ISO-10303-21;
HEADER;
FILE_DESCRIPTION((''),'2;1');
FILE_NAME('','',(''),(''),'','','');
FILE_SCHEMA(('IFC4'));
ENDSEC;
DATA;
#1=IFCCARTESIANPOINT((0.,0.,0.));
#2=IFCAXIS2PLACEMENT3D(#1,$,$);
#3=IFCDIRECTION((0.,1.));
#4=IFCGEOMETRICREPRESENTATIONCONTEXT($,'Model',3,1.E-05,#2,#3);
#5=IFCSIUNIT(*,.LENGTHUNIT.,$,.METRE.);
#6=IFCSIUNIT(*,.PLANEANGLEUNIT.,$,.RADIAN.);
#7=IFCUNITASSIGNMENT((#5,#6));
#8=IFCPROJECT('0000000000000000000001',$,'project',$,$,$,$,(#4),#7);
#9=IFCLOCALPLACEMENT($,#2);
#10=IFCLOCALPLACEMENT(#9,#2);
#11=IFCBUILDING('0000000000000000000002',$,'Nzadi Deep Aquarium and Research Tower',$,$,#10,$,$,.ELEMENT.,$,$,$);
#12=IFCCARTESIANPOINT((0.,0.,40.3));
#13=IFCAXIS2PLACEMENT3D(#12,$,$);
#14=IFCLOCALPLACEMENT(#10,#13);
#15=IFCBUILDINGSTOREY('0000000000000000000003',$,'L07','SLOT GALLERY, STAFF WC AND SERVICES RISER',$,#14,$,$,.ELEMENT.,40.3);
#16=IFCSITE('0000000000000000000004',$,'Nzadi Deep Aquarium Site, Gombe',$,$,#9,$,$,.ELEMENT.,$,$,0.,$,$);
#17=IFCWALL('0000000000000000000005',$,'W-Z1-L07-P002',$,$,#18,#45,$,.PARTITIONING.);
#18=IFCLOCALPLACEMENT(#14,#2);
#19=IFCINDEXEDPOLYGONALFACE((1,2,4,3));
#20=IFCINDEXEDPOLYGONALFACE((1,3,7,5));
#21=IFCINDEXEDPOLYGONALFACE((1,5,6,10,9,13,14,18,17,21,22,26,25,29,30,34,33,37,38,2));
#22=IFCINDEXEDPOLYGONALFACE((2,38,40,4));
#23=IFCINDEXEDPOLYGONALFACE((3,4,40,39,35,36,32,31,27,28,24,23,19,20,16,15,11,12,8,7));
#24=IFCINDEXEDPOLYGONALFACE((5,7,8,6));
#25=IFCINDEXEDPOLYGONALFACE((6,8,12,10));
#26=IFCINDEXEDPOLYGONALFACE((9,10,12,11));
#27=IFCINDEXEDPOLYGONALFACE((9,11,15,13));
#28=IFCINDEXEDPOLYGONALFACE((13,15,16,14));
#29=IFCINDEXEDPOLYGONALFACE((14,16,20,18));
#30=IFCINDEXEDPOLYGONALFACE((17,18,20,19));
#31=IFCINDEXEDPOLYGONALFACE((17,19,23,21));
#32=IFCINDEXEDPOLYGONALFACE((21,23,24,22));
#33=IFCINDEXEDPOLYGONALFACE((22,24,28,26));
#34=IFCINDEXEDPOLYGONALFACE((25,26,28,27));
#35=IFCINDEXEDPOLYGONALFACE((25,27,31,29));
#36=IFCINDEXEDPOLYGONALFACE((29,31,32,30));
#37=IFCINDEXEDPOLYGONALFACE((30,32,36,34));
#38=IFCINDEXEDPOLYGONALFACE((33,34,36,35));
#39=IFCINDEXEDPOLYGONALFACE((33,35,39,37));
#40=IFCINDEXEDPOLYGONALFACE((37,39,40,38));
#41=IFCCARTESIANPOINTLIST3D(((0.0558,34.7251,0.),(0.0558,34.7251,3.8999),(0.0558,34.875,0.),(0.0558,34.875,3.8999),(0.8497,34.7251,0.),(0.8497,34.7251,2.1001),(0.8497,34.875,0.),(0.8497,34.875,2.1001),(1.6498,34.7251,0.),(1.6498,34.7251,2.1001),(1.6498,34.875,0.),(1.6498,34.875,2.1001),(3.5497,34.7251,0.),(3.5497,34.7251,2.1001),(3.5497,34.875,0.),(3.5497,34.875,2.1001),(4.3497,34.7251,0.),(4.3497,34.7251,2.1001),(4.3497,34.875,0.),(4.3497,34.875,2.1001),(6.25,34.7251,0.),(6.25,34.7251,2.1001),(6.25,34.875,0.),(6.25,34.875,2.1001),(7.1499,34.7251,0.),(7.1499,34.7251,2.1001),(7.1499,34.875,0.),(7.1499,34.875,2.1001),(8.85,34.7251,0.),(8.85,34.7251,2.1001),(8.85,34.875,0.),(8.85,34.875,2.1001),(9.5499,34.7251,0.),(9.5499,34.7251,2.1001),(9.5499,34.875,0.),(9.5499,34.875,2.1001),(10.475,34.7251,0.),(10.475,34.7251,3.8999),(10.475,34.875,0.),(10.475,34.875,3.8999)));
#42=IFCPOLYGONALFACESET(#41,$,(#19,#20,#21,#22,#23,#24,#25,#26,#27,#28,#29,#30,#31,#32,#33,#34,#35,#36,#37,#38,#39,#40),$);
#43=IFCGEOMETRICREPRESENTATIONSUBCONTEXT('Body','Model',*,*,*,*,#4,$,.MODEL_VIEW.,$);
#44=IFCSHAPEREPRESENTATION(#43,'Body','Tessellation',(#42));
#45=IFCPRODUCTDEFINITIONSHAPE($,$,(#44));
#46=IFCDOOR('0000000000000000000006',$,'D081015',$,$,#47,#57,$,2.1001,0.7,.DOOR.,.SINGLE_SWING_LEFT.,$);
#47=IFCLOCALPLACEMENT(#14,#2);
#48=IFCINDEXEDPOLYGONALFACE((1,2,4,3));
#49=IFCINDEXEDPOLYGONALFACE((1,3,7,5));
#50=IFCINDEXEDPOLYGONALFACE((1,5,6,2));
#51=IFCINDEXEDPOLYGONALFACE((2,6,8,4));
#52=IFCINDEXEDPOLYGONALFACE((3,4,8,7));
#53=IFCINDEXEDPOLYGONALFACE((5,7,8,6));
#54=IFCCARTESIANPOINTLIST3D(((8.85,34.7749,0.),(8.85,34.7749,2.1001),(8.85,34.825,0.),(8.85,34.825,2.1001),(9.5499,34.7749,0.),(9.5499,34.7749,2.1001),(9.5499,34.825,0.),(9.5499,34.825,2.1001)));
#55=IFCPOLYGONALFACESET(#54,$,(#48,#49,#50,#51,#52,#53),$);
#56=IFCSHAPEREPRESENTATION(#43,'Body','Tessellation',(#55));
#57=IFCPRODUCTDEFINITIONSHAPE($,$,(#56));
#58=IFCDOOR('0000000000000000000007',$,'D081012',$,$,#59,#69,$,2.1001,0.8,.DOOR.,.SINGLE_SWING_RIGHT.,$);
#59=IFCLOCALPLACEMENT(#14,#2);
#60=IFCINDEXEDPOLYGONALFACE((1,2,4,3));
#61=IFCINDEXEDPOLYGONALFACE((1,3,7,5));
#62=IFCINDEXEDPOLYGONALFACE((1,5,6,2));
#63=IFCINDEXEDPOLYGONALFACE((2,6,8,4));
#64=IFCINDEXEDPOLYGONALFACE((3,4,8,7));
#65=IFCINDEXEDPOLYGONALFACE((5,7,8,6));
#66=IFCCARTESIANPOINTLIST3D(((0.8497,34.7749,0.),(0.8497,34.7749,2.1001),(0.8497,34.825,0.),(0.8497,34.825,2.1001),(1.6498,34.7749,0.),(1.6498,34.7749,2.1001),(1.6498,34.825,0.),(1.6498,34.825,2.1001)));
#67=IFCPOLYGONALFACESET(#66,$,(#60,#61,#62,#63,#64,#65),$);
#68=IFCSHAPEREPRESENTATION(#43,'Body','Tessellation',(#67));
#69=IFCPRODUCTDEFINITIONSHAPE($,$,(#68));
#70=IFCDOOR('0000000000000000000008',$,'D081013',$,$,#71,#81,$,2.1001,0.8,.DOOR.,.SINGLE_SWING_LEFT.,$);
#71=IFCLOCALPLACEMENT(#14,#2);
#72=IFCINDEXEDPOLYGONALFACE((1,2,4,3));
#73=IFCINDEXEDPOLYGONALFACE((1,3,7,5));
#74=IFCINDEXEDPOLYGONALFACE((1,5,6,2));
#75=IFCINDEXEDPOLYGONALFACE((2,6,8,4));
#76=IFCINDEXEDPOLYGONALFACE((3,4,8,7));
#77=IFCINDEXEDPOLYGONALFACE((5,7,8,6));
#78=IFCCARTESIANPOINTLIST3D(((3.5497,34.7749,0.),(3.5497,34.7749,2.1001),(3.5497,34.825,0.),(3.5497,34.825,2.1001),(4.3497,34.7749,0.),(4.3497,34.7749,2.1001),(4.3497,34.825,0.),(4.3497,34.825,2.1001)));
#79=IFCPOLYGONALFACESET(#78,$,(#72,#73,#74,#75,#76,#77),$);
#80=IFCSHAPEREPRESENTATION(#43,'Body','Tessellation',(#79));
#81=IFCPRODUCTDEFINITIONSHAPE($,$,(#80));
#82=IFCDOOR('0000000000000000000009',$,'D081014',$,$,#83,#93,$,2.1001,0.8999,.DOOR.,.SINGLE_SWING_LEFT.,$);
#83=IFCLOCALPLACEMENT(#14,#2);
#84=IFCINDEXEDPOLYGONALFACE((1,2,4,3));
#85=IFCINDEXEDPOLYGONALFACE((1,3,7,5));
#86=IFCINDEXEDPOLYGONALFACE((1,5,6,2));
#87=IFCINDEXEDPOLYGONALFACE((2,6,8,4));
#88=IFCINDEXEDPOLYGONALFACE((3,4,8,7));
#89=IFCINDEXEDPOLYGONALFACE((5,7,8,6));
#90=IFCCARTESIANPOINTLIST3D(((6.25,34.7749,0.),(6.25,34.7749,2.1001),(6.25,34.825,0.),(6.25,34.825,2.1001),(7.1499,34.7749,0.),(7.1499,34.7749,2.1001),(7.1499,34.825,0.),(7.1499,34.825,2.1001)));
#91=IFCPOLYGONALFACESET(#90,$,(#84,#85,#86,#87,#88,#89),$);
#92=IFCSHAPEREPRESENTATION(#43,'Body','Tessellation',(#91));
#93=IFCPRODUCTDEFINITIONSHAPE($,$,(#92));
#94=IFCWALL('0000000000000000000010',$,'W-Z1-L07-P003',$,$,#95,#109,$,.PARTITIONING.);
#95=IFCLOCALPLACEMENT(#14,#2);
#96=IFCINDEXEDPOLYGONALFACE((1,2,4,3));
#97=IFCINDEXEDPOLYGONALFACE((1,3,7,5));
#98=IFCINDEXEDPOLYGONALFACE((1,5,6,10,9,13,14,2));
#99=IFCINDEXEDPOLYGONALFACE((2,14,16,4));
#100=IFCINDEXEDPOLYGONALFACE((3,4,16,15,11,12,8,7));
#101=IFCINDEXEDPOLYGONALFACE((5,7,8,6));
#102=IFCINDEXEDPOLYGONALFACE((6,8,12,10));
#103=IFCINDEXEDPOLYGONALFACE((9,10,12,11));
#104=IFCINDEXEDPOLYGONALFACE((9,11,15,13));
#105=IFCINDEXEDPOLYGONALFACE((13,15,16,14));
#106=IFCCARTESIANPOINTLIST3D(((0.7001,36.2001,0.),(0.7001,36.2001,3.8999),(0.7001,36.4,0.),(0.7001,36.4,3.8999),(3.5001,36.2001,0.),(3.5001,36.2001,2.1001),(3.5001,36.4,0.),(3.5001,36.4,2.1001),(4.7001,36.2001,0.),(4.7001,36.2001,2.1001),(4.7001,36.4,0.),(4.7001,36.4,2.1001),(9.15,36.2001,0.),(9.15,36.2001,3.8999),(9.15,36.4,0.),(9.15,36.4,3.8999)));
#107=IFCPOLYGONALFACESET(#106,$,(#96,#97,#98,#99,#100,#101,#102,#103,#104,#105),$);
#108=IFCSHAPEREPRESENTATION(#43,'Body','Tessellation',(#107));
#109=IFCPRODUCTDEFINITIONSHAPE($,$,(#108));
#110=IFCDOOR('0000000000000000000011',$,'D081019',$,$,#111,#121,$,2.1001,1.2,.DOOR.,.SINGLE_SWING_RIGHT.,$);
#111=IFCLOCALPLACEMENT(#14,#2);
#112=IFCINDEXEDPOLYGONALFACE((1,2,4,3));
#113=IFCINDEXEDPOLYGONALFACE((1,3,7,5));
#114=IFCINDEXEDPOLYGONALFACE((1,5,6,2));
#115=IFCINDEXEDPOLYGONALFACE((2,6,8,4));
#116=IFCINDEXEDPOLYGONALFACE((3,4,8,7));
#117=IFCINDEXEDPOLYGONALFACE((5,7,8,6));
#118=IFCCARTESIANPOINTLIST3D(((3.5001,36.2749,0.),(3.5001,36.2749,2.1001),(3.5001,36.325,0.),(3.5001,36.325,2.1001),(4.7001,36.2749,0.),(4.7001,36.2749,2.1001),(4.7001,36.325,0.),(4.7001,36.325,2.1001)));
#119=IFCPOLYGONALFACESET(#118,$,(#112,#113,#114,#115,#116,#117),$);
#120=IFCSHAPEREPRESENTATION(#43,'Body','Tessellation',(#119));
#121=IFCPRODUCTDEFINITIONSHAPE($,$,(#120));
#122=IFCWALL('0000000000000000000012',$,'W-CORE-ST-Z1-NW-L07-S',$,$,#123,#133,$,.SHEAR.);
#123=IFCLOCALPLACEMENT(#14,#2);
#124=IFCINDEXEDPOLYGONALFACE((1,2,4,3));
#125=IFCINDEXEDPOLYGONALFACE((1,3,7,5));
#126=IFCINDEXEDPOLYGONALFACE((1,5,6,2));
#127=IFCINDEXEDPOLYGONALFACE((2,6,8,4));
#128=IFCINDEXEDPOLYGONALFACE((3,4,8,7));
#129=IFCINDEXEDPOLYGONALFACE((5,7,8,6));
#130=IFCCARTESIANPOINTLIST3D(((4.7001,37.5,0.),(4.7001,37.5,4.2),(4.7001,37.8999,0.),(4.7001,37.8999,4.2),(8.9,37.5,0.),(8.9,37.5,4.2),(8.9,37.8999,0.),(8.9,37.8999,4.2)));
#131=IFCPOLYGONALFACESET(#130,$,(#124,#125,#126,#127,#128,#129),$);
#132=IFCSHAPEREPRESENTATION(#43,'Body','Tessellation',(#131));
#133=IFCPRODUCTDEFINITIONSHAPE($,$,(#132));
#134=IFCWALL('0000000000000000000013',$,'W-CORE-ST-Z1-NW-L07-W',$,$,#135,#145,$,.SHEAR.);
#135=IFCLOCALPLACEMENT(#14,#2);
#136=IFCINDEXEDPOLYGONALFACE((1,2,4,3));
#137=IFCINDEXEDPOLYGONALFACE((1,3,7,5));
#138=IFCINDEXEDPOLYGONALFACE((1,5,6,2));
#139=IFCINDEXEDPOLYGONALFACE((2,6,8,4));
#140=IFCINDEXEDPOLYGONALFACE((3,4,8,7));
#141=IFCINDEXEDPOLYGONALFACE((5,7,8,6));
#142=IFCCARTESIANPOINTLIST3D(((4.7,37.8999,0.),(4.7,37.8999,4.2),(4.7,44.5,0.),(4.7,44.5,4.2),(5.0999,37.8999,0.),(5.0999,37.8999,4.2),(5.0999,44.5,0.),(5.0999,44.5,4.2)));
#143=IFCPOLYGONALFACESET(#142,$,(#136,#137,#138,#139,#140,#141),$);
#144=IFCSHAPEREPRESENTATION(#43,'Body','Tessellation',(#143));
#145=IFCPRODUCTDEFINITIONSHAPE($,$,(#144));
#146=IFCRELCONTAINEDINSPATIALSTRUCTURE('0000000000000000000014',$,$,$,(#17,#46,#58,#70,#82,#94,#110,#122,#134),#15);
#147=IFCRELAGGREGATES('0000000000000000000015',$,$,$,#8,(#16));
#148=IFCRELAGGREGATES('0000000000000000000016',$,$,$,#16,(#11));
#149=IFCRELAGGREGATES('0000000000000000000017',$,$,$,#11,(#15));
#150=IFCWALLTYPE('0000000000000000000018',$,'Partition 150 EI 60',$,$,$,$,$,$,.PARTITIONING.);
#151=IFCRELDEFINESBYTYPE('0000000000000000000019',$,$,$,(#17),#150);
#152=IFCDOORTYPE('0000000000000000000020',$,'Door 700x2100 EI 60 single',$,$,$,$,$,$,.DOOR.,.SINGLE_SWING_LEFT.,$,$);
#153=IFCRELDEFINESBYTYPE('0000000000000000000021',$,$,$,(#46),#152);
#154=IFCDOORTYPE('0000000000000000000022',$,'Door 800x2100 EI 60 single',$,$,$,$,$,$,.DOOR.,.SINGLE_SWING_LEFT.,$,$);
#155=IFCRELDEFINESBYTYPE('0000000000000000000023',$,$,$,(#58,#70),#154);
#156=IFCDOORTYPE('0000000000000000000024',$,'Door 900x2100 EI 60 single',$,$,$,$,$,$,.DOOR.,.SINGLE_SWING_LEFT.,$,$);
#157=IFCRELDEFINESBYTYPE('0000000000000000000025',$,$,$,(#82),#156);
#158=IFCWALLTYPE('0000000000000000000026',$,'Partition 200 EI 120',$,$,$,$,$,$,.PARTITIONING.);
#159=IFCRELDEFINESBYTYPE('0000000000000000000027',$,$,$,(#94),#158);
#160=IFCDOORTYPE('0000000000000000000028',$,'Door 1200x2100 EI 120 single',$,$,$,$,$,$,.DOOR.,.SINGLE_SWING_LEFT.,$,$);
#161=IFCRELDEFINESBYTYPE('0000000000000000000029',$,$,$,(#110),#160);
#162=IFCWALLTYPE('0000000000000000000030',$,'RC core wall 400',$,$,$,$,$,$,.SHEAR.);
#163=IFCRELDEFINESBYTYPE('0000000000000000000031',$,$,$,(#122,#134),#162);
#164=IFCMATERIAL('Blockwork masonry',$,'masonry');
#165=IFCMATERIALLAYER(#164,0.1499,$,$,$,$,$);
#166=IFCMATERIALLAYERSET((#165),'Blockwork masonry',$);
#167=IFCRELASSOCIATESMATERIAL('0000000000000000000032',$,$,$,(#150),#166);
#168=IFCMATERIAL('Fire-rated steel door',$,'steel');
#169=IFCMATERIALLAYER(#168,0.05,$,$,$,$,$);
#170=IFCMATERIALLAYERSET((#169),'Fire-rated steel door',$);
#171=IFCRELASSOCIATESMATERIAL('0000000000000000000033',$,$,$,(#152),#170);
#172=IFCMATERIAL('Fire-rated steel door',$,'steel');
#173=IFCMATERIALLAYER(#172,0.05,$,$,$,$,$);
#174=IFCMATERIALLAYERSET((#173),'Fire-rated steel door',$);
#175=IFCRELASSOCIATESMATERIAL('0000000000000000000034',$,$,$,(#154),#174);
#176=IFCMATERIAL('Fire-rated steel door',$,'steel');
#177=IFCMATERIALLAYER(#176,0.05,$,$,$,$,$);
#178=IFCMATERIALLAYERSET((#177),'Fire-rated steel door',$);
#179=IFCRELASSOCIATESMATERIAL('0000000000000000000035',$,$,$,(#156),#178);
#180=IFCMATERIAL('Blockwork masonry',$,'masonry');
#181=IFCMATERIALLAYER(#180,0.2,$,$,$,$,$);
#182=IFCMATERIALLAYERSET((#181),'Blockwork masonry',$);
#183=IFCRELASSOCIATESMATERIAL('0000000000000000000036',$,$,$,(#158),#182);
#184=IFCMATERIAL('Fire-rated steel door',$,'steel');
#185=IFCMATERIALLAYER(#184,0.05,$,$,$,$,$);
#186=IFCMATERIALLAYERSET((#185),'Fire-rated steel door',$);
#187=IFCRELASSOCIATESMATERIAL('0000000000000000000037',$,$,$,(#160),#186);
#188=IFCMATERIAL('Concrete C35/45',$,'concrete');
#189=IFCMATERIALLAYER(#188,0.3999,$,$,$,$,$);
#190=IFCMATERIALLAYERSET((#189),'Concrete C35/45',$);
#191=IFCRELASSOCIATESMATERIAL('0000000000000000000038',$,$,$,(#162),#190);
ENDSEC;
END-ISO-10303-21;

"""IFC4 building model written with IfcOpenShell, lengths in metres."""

from ifc_helpers import new_model, si_unit, direction, frame, frame_2d, origin, place, context, subcontext, project, spatial, rectangle, extrude, material, layer, layer_set, type_object, element, fill, save


model = new_model("IFC4")

# Units and contexts
model_context = context("Model", 3, precision=1e-05, world=origin(), true_north=direction((0.0, 1.0)))
body_context = subcontext(model_context, "Body", "Model", "MODEL_VIEW")
ifc_project = project(units=[si_unit("LENGTHUNIT", "METRE"), si_unit("PLANEANGLEUNIT", "RADIAN")], contexts=[model_context])

# Site, building, storey
site_placement = place(None, origin())
site = spatial("IfcSite", under=ifc_project, at=site_placement, Name="Nzadi Deep Aquarium Site, Gombe", CompositionType="ELEMENT", RefElevation=0.0)
building_placement = place(site_placement, origin())
building = spatial("IfcBuilding", under=site, at=building_placement, Name="Nzadi Deep Aquarium and Research Tower", CompositionType="ELEMENT")
storey_placement = place(building_placement, frame((0.0, 0.0, 40.3)))
storey = spatial("IfcBuildingStorey", under=building, at=storey_placement, Name="L07", Description="SLOT GALLERY, STAFF WC AND SERVICES RISER", CompositionType="ELEMENT", Elevation=40.3)

# Wall, openings, doors
ifc_material_1 = material(Name="Blockwork masonry", Category="masonry")
ifc_layer_1 = layer(ifc_material_1, 0.1499)
ifc_layer_set_1 = layer_set([ifc_layer_1], Name="Blockwork masonry")
wall_type_1 = type_object("IfcWallType", Name="Partition 150 EI 60", PredefinedType="PARTITIONING", material=ifc_layer_set_1)
wall_1_placement = place(storey_placement, frame((0.0559, 34.8, 0.0), z_axis=(0.0, 0.0, 1.0), x_axis=(1.0, 0.0, 0.0)))
wall_1 = element("IfcWall", 1, at=wall_1_placement, inside=storey, type_object=wall_type_1, Name="W-Z1-L07-P002", PredefinedType="PARTITIONING", context=body_context, shape_type="SweptSolid", body=[
    extrude(rectangle(XDim=10.4192, YDim=0.1499, at=frame_2d((5.2095, 0.0))), origin(), (0.0, 0.0, 1.0), 3.8999),
])
opening_1_placement = place(wall_1_placement, frame((0.7939, 0.0, 0.0)))
opening_1 = element("IfcOpeningElement", 2, at=opening_1_placement, cuts=wall_1, PredefinedType="OPENING", context=body_context, shape_type="SweptSolid", body=[
    extrude(rectangle(XDim=0.8, YDim=2.1001, at=frame_2d((0.3999, 1.05))), frame((0.0, 0.085, 0.0), z_axis=(0.0, -1.0, 0.0), x_axis=(1.0, 0.0, 0.0)), (0.0, 0.0, 1.0), 0.1699),
])
opening_2_placement = place(wall_1_placement, frame((3.4939, 0.0, 0.0)))
opening_2 = element("IfcOpeningElement", 3, at=opening_2_placement, cuts=wall_1, PredefinedType="OPENING", context=body_context, shape_type="SweptSolid", body=[
    extrude(rectangle(XDim=0.8, YDim=2.1001, at=frame_2d((0.3999, 1.05))), frame((0.0, 0.085, 0.0), z_axis=(0.0, -1.0, 0.0), x_axis=(1.0, 0.0, 0.0)), (0.0, 0.0, 1.0), 0.1699),
])
opening_3_placement = place(wall_1_placement, frame((6.1941, 0.0, 0.0)))
opening_3 = element("IfcOpeningElement", 4, at=opening_3_placement, cuts=wall_1, PredefinedType="OPENING", context=body_context, shape_type="SweptSolid", body=[
    extrude(rectangle(XDim=0.8999, YDim=2.1001, at=frame_2d((0.45, 1.05))), frame((0.0, 0.085, 0.0), z_axis=(0.0, -1.0, 0.0), x_axis=(1.0, 0.0, 0.0)), (0.0, 0.0, 1.0), 0.1699),
])
opening_4_placement = place(wall_1_placement, frame((8.7939, 0.0, 0.0)))
opening_4 = element("IfcOpeningElement", 5, at=opening_4_placement, cuts=wall_1, PredefinedType="OPENING", context=body_context, shape_type="SweptSolid", body=[
    extrude(rectangle(XDim=0.7, YDim=2.1001, at=frame_2d((0.3501, 1.05))), frame((0.0, 0.085, 0.0), z_axis=(0.0, -1.0, 0.0), x_axis=(1.0, 0.0, 0.0)), (0.0, 0.0, 1.0), 0.1699),
])
ifc_material_2 = material(Name="Fire-rated steel door", Category="steel")
ifc_layer_2 = layer(ifc_material_2, 0.05)
ifc_layer_set_2 = layer_set([ifc_layer_2], Name="Fire-rated steel door")
door_type_1 = type_object("IfcDoorType", Name="Door 700x2100 EI 60 single", OperationType="SINGLE_SWING_LEFT", PredefinedType="DOOR", material=ifc_layer_set_2)
door_1_placement = place(opening_4_placement, origin())
door_1 = element("IfcDoor", 6, at=door_1_placement, inside=storey, type_object=door_type_1, Name="D081015", OperationType="SINGLE_SWING_LEFT", OverallHeight=2.1001, OverallWidth=0.7, PredefinedType="DOOR", context=body_context, shape_type="SweptSolid", body=[
    extrude(rectangle(XDim=0.7, YDim=2.1001, at=frame_2d((0.3501, 1.05))), frame((0.0, 0.0249, 0.0), z_axis=(0.0, -1.0, 0.0), x_axis=(1.0, 0.0, 0.0)), (0.0, 0.0, 1.0), 0.05),
])
fill(opening_4, door_1)
ifc_material_3 = material(Name="Fire-rated steel door", Category="steel")
ifc_layer_3 = layer(ifc_material_3, 0.05)
ifc_layer_set_3 = layer_set([ifc_layer_3], Name="Fire-rated steel door")
door_type_2 = type_object("IfcDoorType", Name="Door 800x2100 EI 60 single", OperationType="SINGLE_SWING_LEFT", PredefinedType="DOOR", material=ifc_layer_set_3)
door_2_placement = place(opening_1_placement, origin())
door_2 = element("IfcDoor", 7, at=door_2_placement, inside=storey, type_object=door_type_2, Name="D081012", OperationType="SINGLE_SWING_RIGHT", OverallHeight=2.1001, OverallWidth=0.8, PredefinedType="DOOR", context=body_context, shape_type="SweptSolid", body=[
    extrude(rectangle(XDim=0.8, YDim=2.1001, at=frame_2d((0.3999, 1.05))), frame((0.0, 0.0249, 0.0), z_axis=(0.0, -1.0, 0.0), x_axis=(1.0, 0.0, 0.0)), (0.0, 0.0, 1.0), 0.05),
])
fill(opening_1, door_2)
door_3_placement = place(opening_2_placement, origin())
door_3 = element("IfcDoor", 8, at=door_3_placement, inside=storey, type_object=door_type_2, Name="D081013", OperationType="SINGLE_SWING_LEFT", OverallHeight=2.1001, OverallWidth=0.8, PredefinedType="DOOR", context=body_context, shape_type="SweptSolid", body=[
    extrude(rectangle(XDim=0.8, YDim=2.1001, at=frame_2d((0.3999, 1.05))), frame((0.0, 0.0249, 0.0), z_axis=(0.0, -1.0, 0.0), x_axis=(1.0, 0.0, 0.0)), (0.0, 0.0, 1.0), 0.05),
])
fill(opening_2, door_3)
ifc_material_4 = material(Name="Fire-rated steel door", Category="steel")
ifc_layer_4 = layer(ifc_material_4, 0.05)
ifc_layer_set_4 = layer_set([ifc_layer_4], Name="Fire-rated steel door")
door_type_3 = type_object("IfcDoorType", Name="Door 900x2100 EI 60 single", OperationType="SINGLE_SWING_LEFT", PredefinedType="DOOR", material=ifc_layer_set_4)
door_4_placement = place(opening_3_placement, origin())
door_4 = element("IfcDoor", 9, at=door_4_placement, inside=storey, type_object=door_type_3, Name="D081014", OperationType="SINGLE_SWING_LEFT", OverallHeight=2.1001, OverallWidth=0.8999, PredefinedType="DOOR", context=body_context, shape_type="SweptSolid", body=[
    extrude(rectangle(XDim=0.8999, YDim=2.1001, at=frame_2d((0.45, 1.05))), frame((0.0, 0.0249, 0.0), z_axis=(0.0, -1.0, 0.0), x_axis=(1.0, 0.0, 0.0)), (0.0, 0.0, 1.0), 0.05),
])
fill(opening_3, door_4)

# Wall, opening, door
ifc_material_5 = material(Name="Blockwork masonry", Category="masonry")
ifc_layer_5 = layer(ifc_material_5, 0.2)
ifc_layer_set_5 = layer_set([ifc_layer_5], Name="Blockwork masonry")
wall_type_2 = type_object("IfcWallType", Name="Partition 200 EI 120", PredefinedType="PARTITIONING", material=ifc_layer_set_5)
wall_2_placement = place(storey_placement, frame((0.7, 36.3, 0.0), z_axis=(0.0, 0.0, 1.0), x_axis=(1.0, 0.0, 0.0)))
wall_2 = element("IfcWall", 10, at=wall_2_placement, inside=storey, type_object=wall_type_2, Name="W-Z1-L07-P003", PredefinedType="PARTITIONING", context=body_context, shape_type="SweptSolid", body=[
    extrude(rectangle(XDim=8.45, YDim=0.2, at=frame_2d((4.2251, 0.0))), origin(), (0.0, 0.0, 1.0), 3.8999),
])
opening_5_placement = place(wall_2_placement, frame((2.8, 0.0, 0.0)))
opening_5 = element("IfcOpeningElement", 11, at=opening_5_placement, cuts=wall_2, PredefinedType="OPENING", context=body_context, shape_type="SweptSolid", body=[
    extrude(rectangle(XDim=1.2, YDim=2.1001, at=frame_2d((0.6001, 1.05))), frame((0.0, 0.1101, 0.0), z_axis=(0.0, -1.0, 0.0), x_axis=(1.0, 0.0, 0.0)), (0.0, 0.0, 1.0), 0.2202),
])
ifc_material_6 = material(Name="Fire-rated steel door", Category="steel")
ifc_layer_6 = layer(ifc_material_6, 0.05)
ifc_layer_set_6 = layer_set([ifc_layer_6], Name="Fire-rated steel door")
door_type_4 = type_object("IfcDoorType", Name="Door 1200x2100 EI 120 single", OperationType="SINGLE_SWING_LEFT", PredefinedType="DOOR", material=ifc_layer_set_6)
door_5_placement = place(opening_5_placement, origin())
door_5 = element("IfcDoor", 12, at=door_5_placement, inside=storey, type_object=door_type_4, Name="D081019", OperationType="SINGLE_SWING_RIGHT", OverallHeight=2.1001, OverallWidth=1.2, PredefinedType="DOOR", context=body_context, shape_type="SweptSolid", body=[
    extrude(rectangle(XDim=1.2, YDim=2.1001, at=frame_2d((0.6001, 1.05))), frame((0.0, 0.0249, 0.0), z_axis=(0.0, -1.0, 0.0), x_axis=(1.0, 0.0, 0.0)), (0.0, 0.0, 1.0), 0.05),
])
fill(opening_5, door_5)

# Walls
ifc_material_7 = material(Name="Concrete C35/45", Category="concrete")
ifc_layer_7 = layer(ifc_material_7, 0.3999)
ifc_layer_set_7 = layer_set([ifc_layer_7], Name="Concrete C35/45")
wall_type_3 = type_object("IfcWallType", Name="RC core wall 400", PredefinedType="SHEAR", material=ifc_layer_set_7)
wall_3_placement = place(storey_placement, frame((4.7, 37.7, 0.0), z_axis=(0.0, 0.0, 1.0), x_axis=(1.0, 0.0, 0.0)))
element("IfcWall", 13, at=wall_3_placement, inside=storey, type_object=wall_type_3, Name="W-CORE-ST-Z1-NW-L07-S", PredefinedType="SHEAR", context=body_context, shape_type="SweptSolid", body=[
    extrude(rectangle(XDim=4.2, YDim=0.3999, at=frame_2d((2.1001, 0.0))), origin(), (0.0, 0.0, 1.0), 4.2),
])
wall_4_placement = place(storey_placement, frame((4.8999, 37.8999, 0.0), z_axis=(0.0, 0.0, 1.0), x_axis=(0.0, 1.0, 0.0)))
element("IfcWall", 14, at=wall_4_placement, inside=storey, type_object=wall_type_3, Name="W-CORE-ST-Z1-NW-L07-W", PredefinedType="SHEAR", context=body_context, shape_type="SweptSolid", body=[
    extrude(rectangle(XDim=6.6001, YDim=0.3999, at=frame_2d((3.3, 0.0))), origin(), (0.0, 0.0, 1.0), 4.2),
])

save(model, "model.ifc")
